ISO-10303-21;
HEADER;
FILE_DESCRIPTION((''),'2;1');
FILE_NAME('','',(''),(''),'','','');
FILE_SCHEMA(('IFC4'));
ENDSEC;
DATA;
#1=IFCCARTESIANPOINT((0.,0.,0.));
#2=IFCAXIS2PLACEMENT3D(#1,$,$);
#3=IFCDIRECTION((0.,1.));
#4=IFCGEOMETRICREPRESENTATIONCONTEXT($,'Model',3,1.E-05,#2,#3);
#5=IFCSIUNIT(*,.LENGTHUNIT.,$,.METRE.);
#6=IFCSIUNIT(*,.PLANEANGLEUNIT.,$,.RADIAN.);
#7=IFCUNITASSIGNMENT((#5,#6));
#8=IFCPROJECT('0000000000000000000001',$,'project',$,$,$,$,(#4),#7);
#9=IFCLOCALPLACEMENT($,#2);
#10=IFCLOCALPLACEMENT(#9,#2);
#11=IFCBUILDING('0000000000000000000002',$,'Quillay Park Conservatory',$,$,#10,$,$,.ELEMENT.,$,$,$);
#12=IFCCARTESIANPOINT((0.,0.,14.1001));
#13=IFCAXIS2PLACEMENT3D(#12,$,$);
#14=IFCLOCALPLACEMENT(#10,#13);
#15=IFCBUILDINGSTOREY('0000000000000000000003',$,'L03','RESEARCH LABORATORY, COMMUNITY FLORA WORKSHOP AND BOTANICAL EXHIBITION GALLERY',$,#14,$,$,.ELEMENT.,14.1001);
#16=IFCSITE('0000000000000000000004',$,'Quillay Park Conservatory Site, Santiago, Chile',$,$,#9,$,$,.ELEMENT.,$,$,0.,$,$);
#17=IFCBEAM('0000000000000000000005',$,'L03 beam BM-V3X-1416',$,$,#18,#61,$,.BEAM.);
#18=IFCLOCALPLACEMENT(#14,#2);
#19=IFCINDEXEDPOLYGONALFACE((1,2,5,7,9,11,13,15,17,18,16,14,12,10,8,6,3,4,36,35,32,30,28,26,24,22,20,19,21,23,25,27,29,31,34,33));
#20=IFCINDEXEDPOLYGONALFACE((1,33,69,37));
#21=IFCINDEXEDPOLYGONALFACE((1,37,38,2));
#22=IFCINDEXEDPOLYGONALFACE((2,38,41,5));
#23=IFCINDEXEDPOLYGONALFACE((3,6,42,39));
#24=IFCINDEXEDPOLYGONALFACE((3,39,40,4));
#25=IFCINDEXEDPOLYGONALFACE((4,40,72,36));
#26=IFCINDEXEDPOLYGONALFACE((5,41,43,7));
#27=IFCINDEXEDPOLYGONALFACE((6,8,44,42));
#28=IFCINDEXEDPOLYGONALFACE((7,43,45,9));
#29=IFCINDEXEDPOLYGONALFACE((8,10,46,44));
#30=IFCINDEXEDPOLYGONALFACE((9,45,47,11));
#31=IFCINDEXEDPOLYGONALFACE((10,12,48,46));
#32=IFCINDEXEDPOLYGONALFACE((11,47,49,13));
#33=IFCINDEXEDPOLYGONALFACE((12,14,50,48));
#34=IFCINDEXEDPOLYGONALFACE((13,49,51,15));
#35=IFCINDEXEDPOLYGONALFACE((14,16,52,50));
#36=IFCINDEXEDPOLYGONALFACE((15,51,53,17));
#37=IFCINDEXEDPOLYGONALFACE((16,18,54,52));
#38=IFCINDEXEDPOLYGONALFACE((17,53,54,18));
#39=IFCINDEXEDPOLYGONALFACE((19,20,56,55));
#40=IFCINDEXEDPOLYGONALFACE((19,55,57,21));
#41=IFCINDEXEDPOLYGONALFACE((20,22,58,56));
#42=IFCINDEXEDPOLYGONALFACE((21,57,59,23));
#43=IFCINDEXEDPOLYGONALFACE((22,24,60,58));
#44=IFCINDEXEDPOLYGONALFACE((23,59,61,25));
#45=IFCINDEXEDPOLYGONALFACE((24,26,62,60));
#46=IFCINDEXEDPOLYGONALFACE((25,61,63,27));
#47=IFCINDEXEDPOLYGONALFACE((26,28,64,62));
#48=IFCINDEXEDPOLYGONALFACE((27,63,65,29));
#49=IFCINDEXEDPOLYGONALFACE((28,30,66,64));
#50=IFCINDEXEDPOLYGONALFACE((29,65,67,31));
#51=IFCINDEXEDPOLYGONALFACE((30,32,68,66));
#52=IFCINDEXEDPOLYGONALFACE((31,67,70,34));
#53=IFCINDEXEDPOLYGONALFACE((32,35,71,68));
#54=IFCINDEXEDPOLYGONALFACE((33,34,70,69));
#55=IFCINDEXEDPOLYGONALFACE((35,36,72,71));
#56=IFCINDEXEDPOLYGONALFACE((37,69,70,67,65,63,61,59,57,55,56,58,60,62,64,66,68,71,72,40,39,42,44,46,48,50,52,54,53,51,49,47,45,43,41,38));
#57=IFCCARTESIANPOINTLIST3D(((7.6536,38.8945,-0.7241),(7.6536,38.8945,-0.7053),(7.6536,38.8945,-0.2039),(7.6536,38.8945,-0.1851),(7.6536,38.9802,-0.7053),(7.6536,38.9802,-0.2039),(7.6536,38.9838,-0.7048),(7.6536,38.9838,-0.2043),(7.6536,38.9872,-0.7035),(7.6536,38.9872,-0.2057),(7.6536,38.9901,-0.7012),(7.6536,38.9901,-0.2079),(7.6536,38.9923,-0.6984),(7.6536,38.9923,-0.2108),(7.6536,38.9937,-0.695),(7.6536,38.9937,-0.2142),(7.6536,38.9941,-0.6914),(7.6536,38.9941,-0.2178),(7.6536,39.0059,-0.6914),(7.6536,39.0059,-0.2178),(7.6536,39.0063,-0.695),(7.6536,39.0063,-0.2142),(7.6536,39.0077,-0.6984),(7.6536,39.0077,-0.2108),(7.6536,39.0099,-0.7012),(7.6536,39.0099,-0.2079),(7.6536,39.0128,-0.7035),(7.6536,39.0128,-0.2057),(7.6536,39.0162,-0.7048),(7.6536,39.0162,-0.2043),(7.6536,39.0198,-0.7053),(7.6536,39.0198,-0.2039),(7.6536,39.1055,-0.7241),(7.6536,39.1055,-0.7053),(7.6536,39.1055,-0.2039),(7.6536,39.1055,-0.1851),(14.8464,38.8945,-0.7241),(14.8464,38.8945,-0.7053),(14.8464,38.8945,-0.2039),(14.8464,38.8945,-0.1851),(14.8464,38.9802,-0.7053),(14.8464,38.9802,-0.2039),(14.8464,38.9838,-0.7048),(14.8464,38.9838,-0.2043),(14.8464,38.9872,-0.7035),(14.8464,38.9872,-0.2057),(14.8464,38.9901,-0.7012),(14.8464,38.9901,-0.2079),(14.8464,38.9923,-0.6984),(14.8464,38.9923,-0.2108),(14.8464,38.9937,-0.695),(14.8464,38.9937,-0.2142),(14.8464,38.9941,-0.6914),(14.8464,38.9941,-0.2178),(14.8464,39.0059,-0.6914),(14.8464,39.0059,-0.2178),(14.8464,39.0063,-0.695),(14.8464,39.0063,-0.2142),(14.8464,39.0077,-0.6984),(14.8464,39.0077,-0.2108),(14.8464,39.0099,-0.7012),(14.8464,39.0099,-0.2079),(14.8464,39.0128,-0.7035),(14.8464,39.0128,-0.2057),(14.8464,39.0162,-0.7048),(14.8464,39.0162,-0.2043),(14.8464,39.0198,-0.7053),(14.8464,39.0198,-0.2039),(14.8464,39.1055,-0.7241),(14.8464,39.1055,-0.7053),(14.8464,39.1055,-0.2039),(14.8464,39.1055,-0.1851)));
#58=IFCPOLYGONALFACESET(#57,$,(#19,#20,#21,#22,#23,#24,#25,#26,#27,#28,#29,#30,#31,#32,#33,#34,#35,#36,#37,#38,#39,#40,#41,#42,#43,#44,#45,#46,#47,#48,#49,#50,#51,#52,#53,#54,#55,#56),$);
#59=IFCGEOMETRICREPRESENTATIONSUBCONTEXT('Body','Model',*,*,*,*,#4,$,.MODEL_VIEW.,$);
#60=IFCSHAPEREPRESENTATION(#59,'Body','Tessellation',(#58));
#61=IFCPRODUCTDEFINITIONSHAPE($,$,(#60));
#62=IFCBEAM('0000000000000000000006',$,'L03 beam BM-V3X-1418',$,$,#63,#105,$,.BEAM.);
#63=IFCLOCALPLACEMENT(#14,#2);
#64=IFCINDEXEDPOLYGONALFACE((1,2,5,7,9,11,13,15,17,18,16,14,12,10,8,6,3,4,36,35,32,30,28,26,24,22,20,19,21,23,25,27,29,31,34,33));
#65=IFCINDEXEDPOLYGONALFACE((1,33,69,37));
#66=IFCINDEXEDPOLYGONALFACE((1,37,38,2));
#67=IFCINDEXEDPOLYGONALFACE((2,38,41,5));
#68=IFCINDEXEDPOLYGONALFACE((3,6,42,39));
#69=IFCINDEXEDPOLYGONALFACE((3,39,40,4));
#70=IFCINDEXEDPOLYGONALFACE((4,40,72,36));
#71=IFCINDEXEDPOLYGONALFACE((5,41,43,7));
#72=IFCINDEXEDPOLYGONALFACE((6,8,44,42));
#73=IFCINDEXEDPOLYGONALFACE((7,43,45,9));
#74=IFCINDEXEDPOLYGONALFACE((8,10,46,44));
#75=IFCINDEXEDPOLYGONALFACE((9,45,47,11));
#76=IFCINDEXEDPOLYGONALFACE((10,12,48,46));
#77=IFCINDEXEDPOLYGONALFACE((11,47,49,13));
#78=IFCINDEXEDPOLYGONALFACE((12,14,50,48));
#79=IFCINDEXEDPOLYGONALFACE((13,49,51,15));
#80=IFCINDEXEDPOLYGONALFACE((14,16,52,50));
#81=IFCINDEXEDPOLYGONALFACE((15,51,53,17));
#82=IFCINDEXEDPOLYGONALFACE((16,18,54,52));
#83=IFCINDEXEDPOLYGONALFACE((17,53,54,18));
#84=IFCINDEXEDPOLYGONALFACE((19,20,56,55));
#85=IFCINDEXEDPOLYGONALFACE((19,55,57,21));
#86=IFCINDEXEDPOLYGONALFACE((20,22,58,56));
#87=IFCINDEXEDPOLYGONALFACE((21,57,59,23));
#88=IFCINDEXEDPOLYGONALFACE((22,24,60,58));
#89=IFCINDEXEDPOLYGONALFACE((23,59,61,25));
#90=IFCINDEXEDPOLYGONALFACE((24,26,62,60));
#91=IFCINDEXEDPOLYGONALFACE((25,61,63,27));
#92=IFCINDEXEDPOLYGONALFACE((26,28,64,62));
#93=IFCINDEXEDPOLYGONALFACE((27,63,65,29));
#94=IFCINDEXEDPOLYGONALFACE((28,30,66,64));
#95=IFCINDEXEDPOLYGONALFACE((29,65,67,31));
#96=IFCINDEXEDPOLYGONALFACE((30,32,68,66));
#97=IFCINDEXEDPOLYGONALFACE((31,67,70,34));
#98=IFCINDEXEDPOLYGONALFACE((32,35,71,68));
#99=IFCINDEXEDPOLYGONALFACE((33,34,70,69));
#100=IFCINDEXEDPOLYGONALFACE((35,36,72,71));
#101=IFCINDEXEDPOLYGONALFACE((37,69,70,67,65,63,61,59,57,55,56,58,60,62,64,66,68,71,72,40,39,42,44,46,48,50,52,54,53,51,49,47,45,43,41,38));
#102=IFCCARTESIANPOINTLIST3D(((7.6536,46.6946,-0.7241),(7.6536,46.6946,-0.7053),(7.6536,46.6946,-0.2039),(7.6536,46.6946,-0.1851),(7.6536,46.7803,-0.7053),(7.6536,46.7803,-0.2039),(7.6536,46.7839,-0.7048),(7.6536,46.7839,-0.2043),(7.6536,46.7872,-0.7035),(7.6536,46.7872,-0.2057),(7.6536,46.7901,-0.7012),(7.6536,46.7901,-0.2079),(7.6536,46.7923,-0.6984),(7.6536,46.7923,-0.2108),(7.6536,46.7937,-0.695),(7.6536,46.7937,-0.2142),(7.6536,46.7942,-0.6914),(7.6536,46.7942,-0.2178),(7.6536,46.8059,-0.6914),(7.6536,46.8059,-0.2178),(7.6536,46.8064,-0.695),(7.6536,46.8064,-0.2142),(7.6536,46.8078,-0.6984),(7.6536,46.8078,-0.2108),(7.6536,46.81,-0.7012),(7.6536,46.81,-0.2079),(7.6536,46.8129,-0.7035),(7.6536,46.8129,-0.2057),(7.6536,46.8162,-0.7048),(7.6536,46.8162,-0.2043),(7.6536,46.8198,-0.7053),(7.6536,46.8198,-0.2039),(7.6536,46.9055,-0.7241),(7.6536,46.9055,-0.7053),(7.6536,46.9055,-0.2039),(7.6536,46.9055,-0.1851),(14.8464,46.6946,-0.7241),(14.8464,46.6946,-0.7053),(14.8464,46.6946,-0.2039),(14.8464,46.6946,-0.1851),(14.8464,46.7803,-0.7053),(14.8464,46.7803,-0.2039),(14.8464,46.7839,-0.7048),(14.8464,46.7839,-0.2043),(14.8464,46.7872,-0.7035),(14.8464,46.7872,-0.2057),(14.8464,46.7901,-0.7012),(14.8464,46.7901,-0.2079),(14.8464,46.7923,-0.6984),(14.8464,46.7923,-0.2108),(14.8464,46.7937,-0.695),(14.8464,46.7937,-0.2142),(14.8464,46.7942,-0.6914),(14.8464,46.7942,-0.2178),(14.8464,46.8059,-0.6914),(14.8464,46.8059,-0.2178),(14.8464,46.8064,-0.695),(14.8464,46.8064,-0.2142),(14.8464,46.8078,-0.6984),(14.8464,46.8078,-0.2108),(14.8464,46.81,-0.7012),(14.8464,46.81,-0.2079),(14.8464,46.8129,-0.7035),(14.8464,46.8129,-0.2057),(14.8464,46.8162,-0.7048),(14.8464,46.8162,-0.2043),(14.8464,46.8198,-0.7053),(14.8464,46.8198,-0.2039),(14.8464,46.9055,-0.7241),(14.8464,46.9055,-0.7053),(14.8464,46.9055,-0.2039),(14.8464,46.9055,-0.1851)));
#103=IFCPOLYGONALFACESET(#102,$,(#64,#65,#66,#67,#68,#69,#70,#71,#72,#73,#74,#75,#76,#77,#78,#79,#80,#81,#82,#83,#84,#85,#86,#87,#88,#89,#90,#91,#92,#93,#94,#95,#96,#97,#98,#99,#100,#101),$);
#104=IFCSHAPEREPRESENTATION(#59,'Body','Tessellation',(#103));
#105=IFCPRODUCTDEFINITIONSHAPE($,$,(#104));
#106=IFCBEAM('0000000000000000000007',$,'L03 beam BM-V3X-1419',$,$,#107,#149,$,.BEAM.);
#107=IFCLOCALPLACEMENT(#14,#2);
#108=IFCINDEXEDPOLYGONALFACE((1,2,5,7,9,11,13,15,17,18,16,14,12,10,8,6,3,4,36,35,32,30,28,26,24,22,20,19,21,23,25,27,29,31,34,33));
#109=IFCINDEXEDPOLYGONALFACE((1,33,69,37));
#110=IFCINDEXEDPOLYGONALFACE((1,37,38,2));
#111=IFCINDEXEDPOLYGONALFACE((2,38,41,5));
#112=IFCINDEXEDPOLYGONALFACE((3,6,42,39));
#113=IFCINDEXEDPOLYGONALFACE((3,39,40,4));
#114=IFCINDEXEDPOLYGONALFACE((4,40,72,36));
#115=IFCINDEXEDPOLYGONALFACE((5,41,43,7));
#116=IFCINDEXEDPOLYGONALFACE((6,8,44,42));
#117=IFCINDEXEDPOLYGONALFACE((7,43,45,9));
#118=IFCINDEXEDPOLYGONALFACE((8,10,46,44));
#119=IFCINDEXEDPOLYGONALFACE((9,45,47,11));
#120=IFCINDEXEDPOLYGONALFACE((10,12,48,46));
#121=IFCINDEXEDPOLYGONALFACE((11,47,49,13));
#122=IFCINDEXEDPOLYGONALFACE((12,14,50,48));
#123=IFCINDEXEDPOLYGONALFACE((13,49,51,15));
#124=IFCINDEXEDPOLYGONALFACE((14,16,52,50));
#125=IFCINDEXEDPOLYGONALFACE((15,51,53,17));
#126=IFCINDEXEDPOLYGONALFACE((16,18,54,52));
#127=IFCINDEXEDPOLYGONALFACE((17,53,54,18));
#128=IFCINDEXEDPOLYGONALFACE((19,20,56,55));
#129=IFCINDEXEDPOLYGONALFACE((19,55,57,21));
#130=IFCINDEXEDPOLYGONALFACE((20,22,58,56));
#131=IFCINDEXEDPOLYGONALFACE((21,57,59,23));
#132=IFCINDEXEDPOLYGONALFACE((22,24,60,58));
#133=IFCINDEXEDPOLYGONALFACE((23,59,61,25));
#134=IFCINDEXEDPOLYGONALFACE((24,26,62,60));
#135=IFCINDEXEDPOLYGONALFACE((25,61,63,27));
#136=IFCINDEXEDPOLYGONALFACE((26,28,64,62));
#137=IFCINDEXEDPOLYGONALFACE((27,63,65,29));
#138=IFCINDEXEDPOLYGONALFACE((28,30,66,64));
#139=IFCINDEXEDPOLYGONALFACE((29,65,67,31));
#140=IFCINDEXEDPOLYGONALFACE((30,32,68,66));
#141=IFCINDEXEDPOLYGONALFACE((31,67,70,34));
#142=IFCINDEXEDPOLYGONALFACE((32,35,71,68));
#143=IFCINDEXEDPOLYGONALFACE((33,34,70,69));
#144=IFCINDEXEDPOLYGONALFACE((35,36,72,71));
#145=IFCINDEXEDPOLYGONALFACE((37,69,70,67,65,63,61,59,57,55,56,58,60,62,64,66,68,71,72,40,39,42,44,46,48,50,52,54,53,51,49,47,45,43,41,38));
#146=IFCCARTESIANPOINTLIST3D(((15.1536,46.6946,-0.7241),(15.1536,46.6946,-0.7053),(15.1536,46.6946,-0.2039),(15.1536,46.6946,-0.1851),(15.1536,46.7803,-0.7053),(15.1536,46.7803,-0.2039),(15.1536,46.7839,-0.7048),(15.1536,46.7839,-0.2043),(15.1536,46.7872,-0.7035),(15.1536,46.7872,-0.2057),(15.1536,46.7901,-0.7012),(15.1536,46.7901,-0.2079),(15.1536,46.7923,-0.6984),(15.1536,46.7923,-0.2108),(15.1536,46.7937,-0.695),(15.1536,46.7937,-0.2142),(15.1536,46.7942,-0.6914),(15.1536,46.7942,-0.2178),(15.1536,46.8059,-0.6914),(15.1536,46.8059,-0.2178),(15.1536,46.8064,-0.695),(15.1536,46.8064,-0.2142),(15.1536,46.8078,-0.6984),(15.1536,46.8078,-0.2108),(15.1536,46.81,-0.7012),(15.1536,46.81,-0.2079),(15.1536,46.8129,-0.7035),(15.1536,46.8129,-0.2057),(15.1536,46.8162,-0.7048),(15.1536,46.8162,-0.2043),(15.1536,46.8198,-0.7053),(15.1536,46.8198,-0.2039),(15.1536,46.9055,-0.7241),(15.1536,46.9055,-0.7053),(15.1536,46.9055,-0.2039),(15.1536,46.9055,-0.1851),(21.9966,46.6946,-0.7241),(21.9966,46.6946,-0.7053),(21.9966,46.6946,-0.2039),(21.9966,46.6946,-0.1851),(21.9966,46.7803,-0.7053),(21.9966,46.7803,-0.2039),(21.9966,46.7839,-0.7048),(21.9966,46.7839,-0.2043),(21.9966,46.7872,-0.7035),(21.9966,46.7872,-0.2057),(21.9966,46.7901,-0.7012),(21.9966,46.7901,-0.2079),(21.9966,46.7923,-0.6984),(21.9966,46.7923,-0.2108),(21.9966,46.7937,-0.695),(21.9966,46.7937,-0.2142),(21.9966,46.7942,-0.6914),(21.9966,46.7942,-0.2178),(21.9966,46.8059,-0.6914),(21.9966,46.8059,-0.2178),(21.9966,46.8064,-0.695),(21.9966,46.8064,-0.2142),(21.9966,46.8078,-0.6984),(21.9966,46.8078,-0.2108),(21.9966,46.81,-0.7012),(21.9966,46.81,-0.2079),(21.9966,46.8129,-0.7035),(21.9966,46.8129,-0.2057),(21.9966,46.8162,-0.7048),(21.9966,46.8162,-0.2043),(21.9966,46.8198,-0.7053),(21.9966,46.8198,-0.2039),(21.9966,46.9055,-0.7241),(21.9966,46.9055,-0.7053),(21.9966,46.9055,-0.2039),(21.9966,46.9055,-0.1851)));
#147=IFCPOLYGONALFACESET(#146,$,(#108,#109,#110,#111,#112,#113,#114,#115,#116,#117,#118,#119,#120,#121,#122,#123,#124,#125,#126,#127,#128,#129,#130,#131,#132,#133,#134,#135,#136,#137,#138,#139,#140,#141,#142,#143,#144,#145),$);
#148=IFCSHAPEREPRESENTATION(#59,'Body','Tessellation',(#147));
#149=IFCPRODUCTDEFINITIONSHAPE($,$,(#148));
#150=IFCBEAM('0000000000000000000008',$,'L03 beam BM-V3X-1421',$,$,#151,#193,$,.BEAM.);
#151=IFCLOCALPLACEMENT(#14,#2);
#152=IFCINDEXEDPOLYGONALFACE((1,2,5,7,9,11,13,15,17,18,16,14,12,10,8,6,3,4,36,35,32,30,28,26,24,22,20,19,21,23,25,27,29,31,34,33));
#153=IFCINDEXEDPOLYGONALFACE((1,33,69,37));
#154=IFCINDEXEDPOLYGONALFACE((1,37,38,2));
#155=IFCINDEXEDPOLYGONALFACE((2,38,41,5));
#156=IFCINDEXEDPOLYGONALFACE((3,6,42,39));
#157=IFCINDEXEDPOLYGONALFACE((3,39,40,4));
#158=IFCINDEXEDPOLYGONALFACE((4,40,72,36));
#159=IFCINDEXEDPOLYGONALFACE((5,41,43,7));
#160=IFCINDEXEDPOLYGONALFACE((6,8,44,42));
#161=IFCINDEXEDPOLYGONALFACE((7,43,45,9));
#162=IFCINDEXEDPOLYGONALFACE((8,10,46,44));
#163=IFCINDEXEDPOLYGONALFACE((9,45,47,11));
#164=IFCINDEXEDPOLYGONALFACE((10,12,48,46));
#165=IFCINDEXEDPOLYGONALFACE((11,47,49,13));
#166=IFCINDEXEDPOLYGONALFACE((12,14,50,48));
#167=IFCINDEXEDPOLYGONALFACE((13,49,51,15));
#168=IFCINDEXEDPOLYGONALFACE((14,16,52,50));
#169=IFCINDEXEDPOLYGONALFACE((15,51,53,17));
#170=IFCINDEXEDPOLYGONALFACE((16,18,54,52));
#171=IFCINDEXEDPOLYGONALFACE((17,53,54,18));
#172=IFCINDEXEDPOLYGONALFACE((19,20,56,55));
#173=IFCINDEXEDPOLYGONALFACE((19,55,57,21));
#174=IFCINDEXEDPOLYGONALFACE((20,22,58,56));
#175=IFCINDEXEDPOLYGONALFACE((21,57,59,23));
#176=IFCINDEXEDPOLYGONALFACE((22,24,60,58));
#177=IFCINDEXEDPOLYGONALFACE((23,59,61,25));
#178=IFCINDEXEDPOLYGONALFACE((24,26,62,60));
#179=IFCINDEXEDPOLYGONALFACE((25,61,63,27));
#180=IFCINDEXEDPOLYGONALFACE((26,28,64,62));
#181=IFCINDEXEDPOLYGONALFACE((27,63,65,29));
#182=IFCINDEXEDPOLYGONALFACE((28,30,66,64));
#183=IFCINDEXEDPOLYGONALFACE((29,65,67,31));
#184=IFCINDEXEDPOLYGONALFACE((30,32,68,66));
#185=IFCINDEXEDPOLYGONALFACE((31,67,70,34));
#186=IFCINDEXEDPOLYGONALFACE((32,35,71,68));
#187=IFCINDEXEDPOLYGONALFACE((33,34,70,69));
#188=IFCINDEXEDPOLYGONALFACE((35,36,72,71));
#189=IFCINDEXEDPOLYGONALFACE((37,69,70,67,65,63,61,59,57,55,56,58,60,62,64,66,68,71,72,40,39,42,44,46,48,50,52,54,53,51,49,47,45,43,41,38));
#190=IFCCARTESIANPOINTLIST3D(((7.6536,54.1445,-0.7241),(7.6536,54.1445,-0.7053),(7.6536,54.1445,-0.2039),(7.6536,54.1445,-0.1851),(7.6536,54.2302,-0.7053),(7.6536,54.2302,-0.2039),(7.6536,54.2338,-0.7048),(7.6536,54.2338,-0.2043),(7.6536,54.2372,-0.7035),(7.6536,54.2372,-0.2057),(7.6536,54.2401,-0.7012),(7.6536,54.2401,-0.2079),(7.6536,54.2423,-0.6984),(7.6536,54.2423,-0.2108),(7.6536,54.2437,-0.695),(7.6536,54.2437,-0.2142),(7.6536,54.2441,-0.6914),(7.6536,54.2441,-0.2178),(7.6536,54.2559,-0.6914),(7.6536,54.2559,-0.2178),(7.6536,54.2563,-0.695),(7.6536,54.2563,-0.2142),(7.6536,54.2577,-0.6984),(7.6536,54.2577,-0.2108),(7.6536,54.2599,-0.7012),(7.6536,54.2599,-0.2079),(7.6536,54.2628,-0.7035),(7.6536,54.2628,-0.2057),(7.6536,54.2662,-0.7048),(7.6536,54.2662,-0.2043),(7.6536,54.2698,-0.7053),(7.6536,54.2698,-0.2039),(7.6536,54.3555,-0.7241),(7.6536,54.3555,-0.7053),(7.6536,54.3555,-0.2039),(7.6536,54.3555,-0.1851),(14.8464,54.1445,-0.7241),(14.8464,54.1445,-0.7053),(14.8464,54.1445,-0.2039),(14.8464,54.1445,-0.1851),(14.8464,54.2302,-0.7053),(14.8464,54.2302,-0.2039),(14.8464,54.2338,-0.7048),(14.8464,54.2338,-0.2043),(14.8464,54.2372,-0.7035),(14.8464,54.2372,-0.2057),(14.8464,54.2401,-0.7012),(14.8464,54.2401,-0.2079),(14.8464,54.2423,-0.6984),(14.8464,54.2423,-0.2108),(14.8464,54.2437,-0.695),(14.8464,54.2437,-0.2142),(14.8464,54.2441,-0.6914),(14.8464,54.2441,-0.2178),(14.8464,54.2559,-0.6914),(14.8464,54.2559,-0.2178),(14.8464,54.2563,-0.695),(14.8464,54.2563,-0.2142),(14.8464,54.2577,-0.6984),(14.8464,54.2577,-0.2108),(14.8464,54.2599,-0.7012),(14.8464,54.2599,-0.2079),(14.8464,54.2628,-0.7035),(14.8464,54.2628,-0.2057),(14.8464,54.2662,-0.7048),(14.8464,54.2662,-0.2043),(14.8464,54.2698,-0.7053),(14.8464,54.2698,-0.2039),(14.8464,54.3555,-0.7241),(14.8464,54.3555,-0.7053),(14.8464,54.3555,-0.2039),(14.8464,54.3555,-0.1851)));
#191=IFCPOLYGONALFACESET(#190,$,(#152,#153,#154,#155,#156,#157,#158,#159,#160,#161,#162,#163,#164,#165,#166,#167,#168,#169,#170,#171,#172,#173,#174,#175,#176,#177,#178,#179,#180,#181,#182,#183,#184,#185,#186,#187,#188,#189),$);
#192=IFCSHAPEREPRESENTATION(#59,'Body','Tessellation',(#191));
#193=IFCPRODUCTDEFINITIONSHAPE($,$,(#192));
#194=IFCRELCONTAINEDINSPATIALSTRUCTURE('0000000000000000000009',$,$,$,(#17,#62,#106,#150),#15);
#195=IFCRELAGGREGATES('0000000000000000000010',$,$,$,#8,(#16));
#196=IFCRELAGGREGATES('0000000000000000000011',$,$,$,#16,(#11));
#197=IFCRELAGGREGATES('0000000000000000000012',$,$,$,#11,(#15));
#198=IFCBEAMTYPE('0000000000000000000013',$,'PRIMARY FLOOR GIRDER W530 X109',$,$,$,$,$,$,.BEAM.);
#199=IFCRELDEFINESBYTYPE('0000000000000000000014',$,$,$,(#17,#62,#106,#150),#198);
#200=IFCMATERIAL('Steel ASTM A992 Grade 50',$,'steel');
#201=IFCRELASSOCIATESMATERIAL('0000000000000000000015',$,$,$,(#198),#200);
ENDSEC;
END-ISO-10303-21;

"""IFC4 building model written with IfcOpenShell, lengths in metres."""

from ifc_helpers import new_model, si_unit, direction, frame, origin, origin_2d, place, context, subcontext, project, spatial, i_section, extrude, material, material_profile, profile_set, type_object, element, save


model = new_model("IFC4")

# Units and contexts
model_context = context("Model", 3, precision=1e-05, world=origin(), true_north=direction((0.0, 1.0)))
body_context = subcontext(model_context, "Body", "Model", "MODEL_VIEW")
ifc_project = project(units=[si_unit("LENGTHUNIT", "METRE"), si_unit("PLANEANGLEUNIT", "RADIAN")], contexts=[model_context])

# Site, building, storey
site_placement = place(None, origin())
site = spatial("IfcSite", under=ifc_project, at=site_placement, Name="Quillay Park Conservatory Site, Santiago, Chile", CompositionType="ELEMENT", RefElevation=0.0)
building_placement = place(site_placement, origin())
building = spatial("IfcBuilding", under=site, at=building_placement, Name="Quillay Park Conservatory", CompositionType="ELEMENT")
storey_placement = place(building_placement, frame((0.0, 0.0, 14.1001)))
storey = spatial("IfcBuildingStorey", under=building, at=storey_placement, Name="L03", Description="RESEARCH LABORATORY, COMMUNITY FLORA WORKSHOP AND BOTANICAL EXHIBITION GALLERY", CompositionType="ELEMENT", Elevation=14.1001)

# Beams
ifc_material_1 = material(Name="Steel ASTM A992 Grade 50", Category="steel")
ifc_material_profile_1 = material_profile(ifc_material_1, i_section(OverallWidth=0.2109, OverallDepth=0.5391, WebThickness=0.0117, FlangeThickness=0.0188, FilletRadius=0.0139, at=origin_2d()), Name="W530x109")
ifc_profile_set_1 = profile_set([ifc_material_profile_1], Name="Steel ASTM A992 Grade 50")
beam_type_1 = type_object("IfcBeamType", Name="PRIMARY FLOOR GIRDER W530 X109", PredefinedType="BEAM", material=ifc_profile_set_1)
for number, where, z_axis, x_axis, name in (
    (1, (7.6536, 39.0, -0.4546), (1.0, 0.0, 0.0), (0.0, 1.0, 0.0), "L03 beam BM-V3X-1416"),
    (2, (7.6536, 46.8, -0.4546), (1.0, 0.0, 0.0), (0.0, 1.0, 0.0), "L03 beam BM-V3X-1418"),
):
    element("IfcBeam", number, at=place(storey_placement, frame(where, z_axis=z_axis, x_axis=x_axis)), inside=storey, type_object=beam_type_1, Name=name, PredefinedType="BEAM", context=body_context, shape_type="SweptSolid", body=[
        extrude(i_section(OverallWidth=0.2109, OverallDepth=0.5391, WebThickness=0.0117, FlangeThickness=0.0188, FilletRadius=0.0139, at=origin_2d()), origin(), (0.0, 0.0, 1.0), 7.1929),
    ])
beam_1_placement = place(storey_placement, frame((15.1536, 46.8, -0.4546), z_axis=(1.0, 0.0, 0.0), x_axis=(0.0, 1.0, 0.0)))
element("IfcBeam", 3, at=beam_1_placement, inside=storey, type_object=beam_type_1, Name="L03 beam BM-V3X-1419", PredefinedType="BEAM", context=body_context, shape_type="SweptSolid", body=[
    extrude(i_section(OverallWidth=0.2109, OverallDepth=0.5391, WebThickness=0.0117, FlangeThickness=0.0188, FilletRadius=0.0139, at=origin_2d()), origin(), (0.0, 0.0, 1.0), 6.843),
])
beam_2_placement = place(storey_placement, frame((7.6536, 54.25, -0.4546), z_axis=(1.0, 0.0, 0.0), x_axis=(0.0, 1.0, 0.0)))
element("IfcBeam", 4, at=beam_2_placement, inside=storey, type_object=beam_type_1, Name="L03 beam BM-V3X-1421", PredefinedType="BEAM", context=body_context, shape_type="SweptSolid", body=[
    extrude(i_section(OverallWidth=0.2109, OverallDepth=0.5391, WebThickness=0.0117, FlangeThickness=0.0188, FilletRadius=0.0139, at=origin_2d()), origin(), (0.0, 0.0, 1.0), 7.1929),
])

save(model, "model.ifc")
